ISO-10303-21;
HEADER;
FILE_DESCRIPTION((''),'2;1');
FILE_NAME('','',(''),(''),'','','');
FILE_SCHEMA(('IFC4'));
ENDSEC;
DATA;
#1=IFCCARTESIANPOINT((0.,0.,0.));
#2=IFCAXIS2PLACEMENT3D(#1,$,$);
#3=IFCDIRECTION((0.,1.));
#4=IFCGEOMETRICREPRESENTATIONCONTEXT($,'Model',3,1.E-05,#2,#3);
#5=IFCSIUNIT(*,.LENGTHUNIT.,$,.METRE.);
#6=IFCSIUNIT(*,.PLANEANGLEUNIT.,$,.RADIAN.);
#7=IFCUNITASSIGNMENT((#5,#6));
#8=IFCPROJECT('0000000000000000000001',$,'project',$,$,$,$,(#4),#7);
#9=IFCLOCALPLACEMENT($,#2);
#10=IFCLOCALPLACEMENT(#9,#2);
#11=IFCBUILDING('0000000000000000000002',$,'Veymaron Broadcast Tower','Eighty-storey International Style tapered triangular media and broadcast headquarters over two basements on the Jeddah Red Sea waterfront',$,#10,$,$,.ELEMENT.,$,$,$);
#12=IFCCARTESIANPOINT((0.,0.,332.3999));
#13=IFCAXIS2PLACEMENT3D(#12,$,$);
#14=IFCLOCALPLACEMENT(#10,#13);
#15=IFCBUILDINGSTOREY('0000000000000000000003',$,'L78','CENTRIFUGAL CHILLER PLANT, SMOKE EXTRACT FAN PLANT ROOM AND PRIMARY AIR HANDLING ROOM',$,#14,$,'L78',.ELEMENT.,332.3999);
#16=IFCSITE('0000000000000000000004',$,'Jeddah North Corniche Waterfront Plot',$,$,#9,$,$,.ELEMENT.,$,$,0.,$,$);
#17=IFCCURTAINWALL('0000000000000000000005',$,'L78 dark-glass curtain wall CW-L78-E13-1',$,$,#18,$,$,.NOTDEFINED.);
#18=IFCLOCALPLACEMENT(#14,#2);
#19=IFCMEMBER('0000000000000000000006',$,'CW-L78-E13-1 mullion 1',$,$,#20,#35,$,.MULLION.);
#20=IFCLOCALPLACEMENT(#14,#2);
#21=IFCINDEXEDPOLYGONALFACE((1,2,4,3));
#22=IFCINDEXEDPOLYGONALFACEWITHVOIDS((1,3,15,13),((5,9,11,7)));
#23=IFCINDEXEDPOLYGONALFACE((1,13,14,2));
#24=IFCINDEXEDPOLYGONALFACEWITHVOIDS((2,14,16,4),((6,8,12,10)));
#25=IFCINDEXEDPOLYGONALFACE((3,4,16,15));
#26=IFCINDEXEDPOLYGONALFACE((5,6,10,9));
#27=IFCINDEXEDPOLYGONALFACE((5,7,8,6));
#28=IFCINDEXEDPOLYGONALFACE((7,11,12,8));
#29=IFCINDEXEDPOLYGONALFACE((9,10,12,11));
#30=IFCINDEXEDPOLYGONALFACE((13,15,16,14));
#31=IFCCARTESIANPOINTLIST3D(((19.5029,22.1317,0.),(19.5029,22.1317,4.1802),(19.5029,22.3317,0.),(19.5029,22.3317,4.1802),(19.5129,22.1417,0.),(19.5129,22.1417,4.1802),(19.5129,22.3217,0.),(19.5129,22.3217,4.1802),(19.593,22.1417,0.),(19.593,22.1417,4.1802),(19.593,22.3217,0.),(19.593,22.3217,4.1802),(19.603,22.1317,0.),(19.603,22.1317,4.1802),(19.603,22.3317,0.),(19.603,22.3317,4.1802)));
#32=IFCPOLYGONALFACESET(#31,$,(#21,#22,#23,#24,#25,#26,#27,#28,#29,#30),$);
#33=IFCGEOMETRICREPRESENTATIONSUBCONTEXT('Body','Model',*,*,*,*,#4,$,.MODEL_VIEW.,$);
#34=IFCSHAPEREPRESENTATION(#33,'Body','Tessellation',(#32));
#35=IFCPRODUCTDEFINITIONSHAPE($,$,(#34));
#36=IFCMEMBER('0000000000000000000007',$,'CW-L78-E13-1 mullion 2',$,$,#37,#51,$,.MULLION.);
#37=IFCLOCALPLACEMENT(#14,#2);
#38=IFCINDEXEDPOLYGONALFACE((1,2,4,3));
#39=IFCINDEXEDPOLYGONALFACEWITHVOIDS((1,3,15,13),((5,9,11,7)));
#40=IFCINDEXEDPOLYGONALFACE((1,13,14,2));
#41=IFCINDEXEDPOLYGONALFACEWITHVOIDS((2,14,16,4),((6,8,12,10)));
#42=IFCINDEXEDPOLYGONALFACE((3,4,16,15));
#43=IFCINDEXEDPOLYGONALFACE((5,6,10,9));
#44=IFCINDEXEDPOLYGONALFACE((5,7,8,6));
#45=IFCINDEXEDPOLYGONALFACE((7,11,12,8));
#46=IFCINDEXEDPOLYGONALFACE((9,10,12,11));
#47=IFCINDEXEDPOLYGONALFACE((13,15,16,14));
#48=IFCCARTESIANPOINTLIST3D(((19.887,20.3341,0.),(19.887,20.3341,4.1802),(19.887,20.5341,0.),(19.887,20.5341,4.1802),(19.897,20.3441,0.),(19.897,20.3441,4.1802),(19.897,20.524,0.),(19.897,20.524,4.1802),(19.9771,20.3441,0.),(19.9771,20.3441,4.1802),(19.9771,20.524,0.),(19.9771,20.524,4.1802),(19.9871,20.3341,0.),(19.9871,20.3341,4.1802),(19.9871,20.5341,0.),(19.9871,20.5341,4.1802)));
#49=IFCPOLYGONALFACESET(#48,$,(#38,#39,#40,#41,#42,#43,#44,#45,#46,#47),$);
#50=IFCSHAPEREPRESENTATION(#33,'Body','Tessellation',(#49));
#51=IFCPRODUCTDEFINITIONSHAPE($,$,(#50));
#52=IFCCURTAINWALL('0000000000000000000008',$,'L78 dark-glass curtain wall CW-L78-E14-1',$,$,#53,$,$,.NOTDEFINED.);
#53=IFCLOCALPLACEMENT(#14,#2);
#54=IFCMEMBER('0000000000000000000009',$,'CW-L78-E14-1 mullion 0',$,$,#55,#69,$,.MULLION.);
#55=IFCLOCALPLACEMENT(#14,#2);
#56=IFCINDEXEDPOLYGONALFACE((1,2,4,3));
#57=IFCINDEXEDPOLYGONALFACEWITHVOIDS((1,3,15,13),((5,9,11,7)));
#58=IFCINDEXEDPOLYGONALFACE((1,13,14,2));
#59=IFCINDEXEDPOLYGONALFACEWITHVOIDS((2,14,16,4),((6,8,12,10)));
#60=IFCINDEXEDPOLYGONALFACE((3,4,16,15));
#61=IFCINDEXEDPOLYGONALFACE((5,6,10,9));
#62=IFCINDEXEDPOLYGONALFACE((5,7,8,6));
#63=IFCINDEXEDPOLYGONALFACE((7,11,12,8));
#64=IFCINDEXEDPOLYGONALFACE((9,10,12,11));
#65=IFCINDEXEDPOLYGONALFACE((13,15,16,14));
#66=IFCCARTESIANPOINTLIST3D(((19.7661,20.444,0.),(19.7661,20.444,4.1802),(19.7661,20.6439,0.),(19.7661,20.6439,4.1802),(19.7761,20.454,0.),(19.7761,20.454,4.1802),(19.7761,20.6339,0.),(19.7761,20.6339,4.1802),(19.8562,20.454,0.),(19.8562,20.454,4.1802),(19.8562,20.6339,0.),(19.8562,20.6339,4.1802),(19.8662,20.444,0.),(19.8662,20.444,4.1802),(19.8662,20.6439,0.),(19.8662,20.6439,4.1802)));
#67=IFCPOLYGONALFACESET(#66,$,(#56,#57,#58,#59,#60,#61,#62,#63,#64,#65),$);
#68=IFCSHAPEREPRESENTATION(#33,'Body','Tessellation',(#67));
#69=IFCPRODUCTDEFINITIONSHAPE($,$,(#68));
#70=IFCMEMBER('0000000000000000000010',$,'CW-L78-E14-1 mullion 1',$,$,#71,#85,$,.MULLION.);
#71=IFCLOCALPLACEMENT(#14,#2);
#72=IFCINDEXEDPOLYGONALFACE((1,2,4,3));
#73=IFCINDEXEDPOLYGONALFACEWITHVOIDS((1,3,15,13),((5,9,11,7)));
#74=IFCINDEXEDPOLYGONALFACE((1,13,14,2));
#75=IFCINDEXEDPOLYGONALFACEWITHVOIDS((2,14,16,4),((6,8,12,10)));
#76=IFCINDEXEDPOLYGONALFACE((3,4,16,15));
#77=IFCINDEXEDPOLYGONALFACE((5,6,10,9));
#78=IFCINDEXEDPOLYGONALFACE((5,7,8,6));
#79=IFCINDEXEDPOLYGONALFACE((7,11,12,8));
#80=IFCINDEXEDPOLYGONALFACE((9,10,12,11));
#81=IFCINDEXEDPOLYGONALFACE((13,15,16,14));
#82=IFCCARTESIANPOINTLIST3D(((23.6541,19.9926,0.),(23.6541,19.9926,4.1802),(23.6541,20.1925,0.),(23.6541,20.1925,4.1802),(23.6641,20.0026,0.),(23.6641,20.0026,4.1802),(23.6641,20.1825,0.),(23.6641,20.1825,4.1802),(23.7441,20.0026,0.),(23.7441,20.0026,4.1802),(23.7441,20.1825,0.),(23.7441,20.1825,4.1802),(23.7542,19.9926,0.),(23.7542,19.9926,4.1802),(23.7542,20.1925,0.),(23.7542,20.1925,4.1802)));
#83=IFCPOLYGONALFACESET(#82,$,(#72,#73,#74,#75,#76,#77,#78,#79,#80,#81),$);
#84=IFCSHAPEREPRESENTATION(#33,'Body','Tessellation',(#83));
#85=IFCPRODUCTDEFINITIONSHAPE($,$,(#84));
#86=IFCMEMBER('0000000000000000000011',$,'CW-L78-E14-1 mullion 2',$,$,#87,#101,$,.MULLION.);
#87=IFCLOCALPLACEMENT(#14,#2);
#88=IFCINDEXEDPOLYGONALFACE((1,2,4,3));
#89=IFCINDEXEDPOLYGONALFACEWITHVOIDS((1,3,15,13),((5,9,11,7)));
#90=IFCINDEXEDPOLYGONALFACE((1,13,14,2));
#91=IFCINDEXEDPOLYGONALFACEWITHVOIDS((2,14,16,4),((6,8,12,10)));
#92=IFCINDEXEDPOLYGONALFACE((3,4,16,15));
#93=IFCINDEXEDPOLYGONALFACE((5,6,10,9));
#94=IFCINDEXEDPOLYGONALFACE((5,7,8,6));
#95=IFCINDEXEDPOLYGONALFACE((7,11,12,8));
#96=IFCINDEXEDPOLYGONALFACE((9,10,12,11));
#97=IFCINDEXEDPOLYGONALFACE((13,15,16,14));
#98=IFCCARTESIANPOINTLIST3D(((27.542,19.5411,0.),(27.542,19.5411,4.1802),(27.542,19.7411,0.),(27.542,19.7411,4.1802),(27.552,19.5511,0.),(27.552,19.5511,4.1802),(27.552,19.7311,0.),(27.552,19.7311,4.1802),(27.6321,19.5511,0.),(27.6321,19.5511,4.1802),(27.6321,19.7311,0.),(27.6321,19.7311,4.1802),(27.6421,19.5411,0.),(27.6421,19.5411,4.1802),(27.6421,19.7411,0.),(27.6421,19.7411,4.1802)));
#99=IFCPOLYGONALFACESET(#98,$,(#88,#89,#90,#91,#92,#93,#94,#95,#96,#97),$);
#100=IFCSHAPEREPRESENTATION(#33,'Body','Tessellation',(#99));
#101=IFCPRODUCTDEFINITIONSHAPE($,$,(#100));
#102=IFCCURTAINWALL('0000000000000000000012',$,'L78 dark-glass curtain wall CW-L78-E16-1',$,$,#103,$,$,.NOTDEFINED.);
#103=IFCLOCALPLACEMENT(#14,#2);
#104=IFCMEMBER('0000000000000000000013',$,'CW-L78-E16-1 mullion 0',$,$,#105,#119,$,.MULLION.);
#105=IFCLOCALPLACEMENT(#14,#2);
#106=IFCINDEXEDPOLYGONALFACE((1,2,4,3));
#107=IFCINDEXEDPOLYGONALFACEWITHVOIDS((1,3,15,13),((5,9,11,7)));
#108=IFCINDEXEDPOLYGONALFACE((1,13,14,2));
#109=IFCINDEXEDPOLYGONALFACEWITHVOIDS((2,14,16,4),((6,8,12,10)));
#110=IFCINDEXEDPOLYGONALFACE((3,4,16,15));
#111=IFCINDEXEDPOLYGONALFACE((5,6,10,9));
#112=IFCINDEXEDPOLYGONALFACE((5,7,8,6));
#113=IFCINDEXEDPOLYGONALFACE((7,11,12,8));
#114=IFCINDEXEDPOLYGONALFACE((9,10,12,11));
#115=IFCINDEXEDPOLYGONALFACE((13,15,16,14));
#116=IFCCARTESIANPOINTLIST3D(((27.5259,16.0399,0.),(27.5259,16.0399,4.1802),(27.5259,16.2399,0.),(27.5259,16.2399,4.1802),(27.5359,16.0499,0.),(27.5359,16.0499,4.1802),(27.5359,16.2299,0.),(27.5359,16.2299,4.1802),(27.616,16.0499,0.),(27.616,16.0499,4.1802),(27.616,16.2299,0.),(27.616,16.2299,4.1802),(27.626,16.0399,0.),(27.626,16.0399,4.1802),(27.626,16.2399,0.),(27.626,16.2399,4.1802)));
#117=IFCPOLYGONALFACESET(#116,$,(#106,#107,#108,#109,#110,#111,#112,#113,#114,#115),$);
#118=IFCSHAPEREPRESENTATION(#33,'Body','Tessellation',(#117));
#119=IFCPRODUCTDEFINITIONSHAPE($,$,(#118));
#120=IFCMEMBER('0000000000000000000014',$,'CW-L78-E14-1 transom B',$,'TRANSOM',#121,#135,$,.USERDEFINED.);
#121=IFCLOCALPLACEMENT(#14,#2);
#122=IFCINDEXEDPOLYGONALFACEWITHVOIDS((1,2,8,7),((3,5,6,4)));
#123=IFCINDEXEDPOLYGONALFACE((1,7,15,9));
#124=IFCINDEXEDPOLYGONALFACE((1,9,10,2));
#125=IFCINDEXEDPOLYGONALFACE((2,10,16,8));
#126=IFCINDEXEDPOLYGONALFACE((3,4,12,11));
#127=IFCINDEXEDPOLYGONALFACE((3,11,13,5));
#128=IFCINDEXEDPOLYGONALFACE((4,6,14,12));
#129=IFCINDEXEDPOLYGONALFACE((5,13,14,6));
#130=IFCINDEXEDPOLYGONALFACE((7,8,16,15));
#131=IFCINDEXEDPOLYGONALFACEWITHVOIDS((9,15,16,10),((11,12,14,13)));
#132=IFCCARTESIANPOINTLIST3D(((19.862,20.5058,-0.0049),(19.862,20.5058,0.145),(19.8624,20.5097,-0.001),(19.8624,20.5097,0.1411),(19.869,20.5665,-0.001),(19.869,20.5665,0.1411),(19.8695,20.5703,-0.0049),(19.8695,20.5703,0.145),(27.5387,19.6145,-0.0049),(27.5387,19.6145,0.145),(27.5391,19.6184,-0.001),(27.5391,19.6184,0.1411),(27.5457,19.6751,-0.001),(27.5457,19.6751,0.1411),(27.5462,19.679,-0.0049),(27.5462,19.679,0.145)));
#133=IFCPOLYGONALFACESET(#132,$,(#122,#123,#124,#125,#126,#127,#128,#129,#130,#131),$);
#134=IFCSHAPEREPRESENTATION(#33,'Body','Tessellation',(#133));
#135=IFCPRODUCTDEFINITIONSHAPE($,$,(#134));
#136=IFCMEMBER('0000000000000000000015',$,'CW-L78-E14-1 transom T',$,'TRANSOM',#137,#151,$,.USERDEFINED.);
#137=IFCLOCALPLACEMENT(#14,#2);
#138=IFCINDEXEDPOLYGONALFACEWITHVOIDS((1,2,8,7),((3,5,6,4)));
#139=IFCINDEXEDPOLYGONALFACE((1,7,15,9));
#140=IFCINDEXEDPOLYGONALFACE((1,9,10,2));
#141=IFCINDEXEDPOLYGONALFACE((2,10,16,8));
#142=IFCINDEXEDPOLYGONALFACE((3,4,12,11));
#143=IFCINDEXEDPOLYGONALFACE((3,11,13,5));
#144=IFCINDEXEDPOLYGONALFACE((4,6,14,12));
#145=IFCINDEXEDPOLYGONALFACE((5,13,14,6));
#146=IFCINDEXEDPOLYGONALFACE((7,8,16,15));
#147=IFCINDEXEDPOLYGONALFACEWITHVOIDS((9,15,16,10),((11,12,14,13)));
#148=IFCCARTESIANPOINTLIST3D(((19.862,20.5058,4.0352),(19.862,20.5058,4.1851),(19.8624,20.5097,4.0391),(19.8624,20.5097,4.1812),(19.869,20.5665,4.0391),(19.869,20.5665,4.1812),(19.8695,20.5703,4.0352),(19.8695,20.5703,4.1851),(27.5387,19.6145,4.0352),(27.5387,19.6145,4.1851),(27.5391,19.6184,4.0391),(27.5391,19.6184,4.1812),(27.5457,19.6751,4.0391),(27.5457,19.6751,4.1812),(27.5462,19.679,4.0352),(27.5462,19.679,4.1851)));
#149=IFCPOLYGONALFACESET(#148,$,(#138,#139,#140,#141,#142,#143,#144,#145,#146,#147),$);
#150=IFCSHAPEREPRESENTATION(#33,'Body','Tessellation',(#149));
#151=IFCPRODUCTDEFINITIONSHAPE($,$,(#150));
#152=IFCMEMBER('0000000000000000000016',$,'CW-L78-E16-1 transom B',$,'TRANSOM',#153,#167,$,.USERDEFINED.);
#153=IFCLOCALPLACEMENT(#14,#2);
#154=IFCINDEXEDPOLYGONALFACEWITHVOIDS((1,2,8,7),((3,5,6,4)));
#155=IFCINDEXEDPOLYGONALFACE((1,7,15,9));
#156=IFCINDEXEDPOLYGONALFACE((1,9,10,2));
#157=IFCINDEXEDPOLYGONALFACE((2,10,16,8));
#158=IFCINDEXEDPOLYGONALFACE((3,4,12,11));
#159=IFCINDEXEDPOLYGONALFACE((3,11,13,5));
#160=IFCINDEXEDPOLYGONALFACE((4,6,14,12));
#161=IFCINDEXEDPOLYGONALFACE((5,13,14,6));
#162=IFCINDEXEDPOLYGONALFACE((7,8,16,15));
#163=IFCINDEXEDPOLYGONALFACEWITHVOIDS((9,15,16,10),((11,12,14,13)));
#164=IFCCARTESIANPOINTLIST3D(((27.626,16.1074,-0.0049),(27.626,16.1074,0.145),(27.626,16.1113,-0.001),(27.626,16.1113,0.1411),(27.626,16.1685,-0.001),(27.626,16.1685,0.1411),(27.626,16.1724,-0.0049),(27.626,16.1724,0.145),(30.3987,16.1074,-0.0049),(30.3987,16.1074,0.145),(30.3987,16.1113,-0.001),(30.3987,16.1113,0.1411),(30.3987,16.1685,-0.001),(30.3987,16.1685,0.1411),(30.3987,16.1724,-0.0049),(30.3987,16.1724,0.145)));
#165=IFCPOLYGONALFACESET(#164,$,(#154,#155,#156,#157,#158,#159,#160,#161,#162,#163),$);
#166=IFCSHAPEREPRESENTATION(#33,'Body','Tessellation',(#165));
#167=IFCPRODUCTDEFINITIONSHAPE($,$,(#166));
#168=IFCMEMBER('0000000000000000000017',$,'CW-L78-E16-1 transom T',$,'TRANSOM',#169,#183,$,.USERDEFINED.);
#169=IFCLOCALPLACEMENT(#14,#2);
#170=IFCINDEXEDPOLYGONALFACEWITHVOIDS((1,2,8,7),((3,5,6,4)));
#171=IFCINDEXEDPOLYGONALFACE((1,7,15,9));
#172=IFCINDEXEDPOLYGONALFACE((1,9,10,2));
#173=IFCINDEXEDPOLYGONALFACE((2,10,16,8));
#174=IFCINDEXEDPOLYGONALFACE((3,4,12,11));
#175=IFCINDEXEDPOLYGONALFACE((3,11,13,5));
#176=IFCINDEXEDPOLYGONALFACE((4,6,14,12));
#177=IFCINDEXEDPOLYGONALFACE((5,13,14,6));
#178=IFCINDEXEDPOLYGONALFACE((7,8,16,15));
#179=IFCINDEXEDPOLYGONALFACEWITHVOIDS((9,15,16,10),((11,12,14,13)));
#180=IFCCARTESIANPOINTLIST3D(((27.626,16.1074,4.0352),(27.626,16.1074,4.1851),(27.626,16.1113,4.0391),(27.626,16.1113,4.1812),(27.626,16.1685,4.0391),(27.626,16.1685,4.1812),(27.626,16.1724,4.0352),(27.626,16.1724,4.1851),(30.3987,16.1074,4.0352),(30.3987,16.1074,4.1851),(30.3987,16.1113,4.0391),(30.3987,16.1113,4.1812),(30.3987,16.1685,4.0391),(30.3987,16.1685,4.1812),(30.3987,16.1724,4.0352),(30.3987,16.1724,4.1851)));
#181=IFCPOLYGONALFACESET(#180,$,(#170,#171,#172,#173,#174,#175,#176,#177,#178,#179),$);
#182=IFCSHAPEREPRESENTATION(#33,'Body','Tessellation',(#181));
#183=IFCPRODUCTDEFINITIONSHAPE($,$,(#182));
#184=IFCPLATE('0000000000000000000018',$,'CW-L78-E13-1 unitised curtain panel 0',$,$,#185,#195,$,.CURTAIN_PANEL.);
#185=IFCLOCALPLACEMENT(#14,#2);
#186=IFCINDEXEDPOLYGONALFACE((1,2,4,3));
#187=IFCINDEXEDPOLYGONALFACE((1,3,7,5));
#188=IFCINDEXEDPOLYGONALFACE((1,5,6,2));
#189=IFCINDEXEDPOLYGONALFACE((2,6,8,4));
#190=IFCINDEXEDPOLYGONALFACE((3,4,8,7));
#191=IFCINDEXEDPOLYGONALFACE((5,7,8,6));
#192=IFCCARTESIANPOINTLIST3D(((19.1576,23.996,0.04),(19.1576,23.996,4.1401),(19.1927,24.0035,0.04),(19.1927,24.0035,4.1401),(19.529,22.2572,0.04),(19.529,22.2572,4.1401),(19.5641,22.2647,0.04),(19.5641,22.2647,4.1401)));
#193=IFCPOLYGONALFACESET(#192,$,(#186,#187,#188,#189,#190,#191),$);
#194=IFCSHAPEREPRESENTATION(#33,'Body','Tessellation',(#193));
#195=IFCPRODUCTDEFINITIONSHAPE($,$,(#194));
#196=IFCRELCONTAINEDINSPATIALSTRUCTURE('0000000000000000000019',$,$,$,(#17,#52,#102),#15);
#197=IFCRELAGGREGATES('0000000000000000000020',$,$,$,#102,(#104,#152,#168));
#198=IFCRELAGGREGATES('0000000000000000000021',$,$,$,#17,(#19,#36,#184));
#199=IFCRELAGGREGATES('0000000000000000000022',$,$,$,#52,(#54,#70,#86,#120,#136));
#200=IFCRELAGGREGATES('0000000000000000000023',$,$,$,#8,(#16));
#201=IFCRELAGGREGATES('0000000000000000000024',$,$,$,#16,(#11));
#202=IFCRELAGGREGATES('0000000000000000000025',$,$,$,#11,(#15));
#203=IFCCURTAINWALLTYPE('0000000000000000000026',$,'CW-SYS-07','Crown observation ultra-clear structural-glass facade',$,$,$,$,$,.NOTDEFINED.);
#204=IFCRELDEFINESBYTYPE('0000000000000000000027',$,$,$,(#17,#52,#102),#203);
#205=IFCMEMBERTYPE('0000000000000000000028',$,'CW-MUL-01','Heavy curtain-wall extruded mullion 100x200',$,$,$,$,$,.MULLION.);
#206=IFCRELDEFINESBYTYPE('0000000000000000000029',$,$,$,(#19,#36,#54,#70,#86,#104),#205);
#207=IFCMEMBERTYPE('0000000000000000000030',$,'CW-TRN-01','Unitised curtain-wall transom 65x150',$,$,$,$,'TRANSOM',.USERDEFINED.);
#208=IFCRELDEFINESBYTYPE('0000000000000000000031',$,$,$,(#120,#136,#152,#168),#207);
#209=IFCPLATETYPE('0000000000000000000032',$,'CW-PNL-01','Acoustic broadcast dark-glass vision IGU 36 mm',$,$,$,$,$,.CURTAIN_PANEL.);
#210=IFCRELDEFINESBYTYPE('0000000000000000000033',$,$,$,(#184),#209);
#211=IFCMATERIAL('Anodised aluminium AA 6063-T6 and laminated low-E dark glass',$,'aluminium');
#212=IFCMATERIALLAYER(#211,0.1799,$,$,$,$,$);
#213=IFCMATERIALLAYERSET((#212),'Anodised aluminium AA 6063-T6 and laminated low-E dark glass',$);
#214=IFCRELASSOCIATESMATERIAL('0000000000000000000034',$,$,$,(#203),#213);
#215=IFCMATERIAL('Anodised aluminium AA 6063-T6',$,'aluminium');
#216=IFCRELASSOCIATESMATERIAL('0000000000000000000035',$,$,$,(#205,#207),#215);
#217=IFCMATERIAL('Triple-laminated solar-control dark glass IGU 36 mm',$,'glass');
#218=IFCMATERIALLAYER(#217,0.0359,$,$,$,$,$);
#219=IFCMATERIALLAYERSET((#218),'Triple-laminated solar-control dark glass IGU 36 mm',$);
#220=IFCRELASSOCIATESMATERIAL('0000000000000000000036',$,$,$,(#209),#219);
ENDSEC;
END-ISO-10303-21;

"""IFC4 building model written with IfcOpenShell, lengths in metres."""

from ifc_helpers import new_model, si_unit, direction, frame, origin, origin_2d, place, context, subcontext, project, spatial, rectangle, hollow_rectangle, extrude, material, layer, layer_set, material_profile, profile_set, type_object, element, aggregate, save


model = new_model("IFC4")

# Units and contexts
model_context = context("Model", 3, precision=1e-05, world=origin(), true_north=direction((0.0, 1.0)))
body_context = subcontext(model_context, "Body", "Model", "MODEL_VIEW")
ifc_project = project(units=[si_unit("LENGTHUNIT", "METRE"), si_unit("PLANEANGLEUNIT", "RADIAN")], contexts=[model_context])

# Site, building, storey
site_placement = place(None, origin())
site = spatial("IfcSite", under=ifc_project, at=site_placement, Name="Jeddah North Corniche Waterfront Plot", CompositionType="ELEMENT", RefElevation=0.0)
building_placement = place(site_placement, origin())
building = spatial("IfcBuilding", under=site, at=building_placement, Name="Veymaron Broadcast Tower", Description="Eighty-storey International Style tapered triangular media and broadcast headquarters over two basements on the Jeddah Red Sea waterfront", CompositionType="ELEMENT")
storey_placement = place(building_placement, frame((0.0, 0.0, 332.3999)))
storey = spatial("IfcBuildingStorey", under=building, at=storey_placement, Name="L78", Description="CENTRIFUGAL CHILLER PLANT, SMOKE EXTRACT FAN PLANT ROOM AND PRIMARY AIR HANDLING ROOM", LongName="L78", CompositionType="ELEMENT", Elevation=332.3999)

# Shared definitions
ifc_material_1 = material(Name="Anodised aluminium AA 6063-T6 and laminated low-E dark glass", Category="aluminium")
ifc_layer_1 = layer(ifc_material_1, 0.1799)
ifc_layer_set_1 = layer_set([ifc_layer_1], Name="Anodised aluminium AA 6063-T6 and laminated low-E dark glass")
curtain_wall_type = type_object("IfcCurtainWallType", Name="CW-SYS-07", Description="Crown observation ultra-clear structural-glass facade", PredefinedType="NOTDEFINED", material=ifc_layer_set_1)
ifc_material_2 = material(Name="Anodised aluminium AA 6063-T6", Category="aluminium")
ifc_material_profile_1 = material_profile(ifc_material_2, hollow_rectangle(XDim=0.1001, YDim=0.2, WallThickness=0.01, at=origin_2d()), Name="RHS200X100X10")
ifc_profile_set_1 = profile_set([ifc_material_profile_1], Name="Anodised aluminium AA 6063-T6")
member_type_1 = type_object("IfcMemberType", Name="CW-MUL-01", Description="Heavy curtain-wall extruded mullion 100x200", PredefinedType="MULLION", material=ifc_profile_set_1)

# Curtain walls, members
curtain_wall_1_placement = place(storey_placement, origin())
curtain_wall_1 = element("IfcCurtainWall", 1, at=curtain_wall_1_placement, inside=storey, type_object=curtain_wall_type, Name="L78 dark-glass curtain wall CW-L78-E13-1", PredefinedType="NOTDEFINED")
member_1_placement = place(storey_placement, frame((19.553, 22.2317, 0.0), z_axis=(0.0, 0.0, 1.0), x_axis=(1.0, 0.0, 0.0)))
member_1 = element("IfcMember", 2, at=member_1_placement, type_object=member_type_1, Name="CW-L78-E13-1 mullion 1", PredefinedType="MULLION", context=body_context, shape_type="SweptSolid", body=[
    extrude(hollow_rectangle(XDim=0.1001, YDim=0.2, WallThickness=0.01, at=origin_2d()), origin(), (0.0, 0.0, 1.0), 4.1802),
])
member_2_placement = place(storey_placement, frame((19.937, 20.4341, 0.0), z_axis=(0.0, 0.0, 1.0), x_axis=(1.0, 0.0, 0.0)))
member_2 = element("IfcMember", 3, at=member_2_placement, type_object=member_type_1, Name="CW-L78-E13-1 mullion 2", PredefinedType="MULLION", context=body_context, shape_type="SweptSolid", body=[
    extrude(hollow_rectangle(XDim=0.1001, YDim=0.2, WallThickness=0.01, at=origin_2d()), origin(), (0.0, 0.0, 1.0), 4.1802),
])
curtain_wall_2_placement = place(storey_placement, origin())
curtain_wall_2 = element("IfcCurtainWall", 4, at=curtain_wall_2_placement, inside=storey, type_object=curtain_wall_type, Name="L78 dark-glass curtain wall CW-L78-E14-1", PredefinedType="NOTDEFINED")
member_3_placement = place(storey_placement, frame((19.8162, 20.5439, 0.0), z_axis=(0.0, 0.0, 1.0), x_axis=(1.0, 0.0, 0.0)))
member_3 = element("IfcMember", 5, at=member_3_placement, type_object=member_type_1, Name="CW-L78-E14-1 mullion 0", PredefinedType="MULLION", context=body_context, shape_type="SweptSolid", body=[
    extrude(hollow_rectangle(XDim=0.1001, YDim=0.2, WallThickness=0.01, at=origin_2d()), origin(), (0.0, 0.0, 1.0), 4.1802),
])
member_4_placement = place(storey_placement, frame((23.7041, 20.0925, 0.0), z_axis=(0.0, 0.0, 1.0), x_axis=(1.0, 0.0, 0.0)))
member_4 = element("IfcMember", 6, at=member_4_placement, type_object=member_type_1, Name="CW-L78-E14-1 mullion 1", PredefinedType="MULLION", context=body_context, shape_type="SweptSolid", body=[
    extrude(hollow_rectangle(XDim=0.1001, YDim=0.2, WallThickness=0.01, at=origin_2d()), origin(), (0.0, 0.0, 1.0), 4.1802),
])
member_5_placement = place(storey_placement, frame((27.592, 19.6411, 0.0), z_axis=(0.0, 0.0, 1.0), x_axis=(1.0, 0.0, 0.0)))
member_5 = element("IfcMember", 7, at=member_5_placement, type_object=member_type_1, Name="CW-L78-E14-1 mullion 2", PredefinedType="MULLION", context=body_context, shape_type="SweptSolid", body=[
    extrude(hollow_rectangle(XDim=0.1001, YDim=0.2, WallThickness=0.01, at=origin_2d()), origin(), (0.0, 0.0, 1.0), 4.1802),
])

# Curtain wall, member
curtain_wall_3_placement = place(storey_placement, origin())
curtain_wall_3 = element("IfcCurtainWall", 8, at=curtain_wall_3_placement, inside=storey, type_object=curtain_wall_type, Name="L78 dark-glass curtain wall CW-L78-E16-1", PredefinedType="NOTDEFINED")
member_6_placement = place(storey_placement, frame((27.5759, 16.1399, 0.0), z_axis=(0.0, 0.0, 1.0), x_axis=(1.0, 0.0, 0.0)))
member_6 = element("IfcMember", 9, at=member_6_placement, type_object=member_type_1, Name="CW-L78-E16-1 mullion 0", PredefinedType="MULLION", context=body_context, shape_type="SweptSolid", body=[
    extrude(hollow_rectangle(XDim=0.1001, YDim=0.2, WallThickness=0.01, at=origin_2d()), origin(), (0.0, 0.0, 1.0), 4.1802),
])

# Members
ifc_material_profile_2 = material_profile(ifc_material_2, hollow_rectangle(XDim=0.0649, YDim=0.1499, WallThickness=0.0039, at=origin_2d()), Name="AL150X65X4")
ifc_profile_set_2 = profile_set([ifc_material_profile_2], Name="Anodised aluminium AA 6063-T6")
member_type_2 = type_object("IfcMemberType", Name="CW-TRN-01", Description="Unitised curtain-wall transom 65x150", ElementType="TRANSOM", PredefinedType="USERDEFINED", material=ifc_profile_set_2)
member_7_placement = place(storey_placement, frame((19.8657, 20.5381, 0.0701), z_axis=(0.993326, -0.115336, 0.0), x_axis=(0.115336, 0.993326, 0.0)))
member_7 = element("IfcMember", 10, at=member_7_placement, type_object=member_type_2, Name="CW-L78-E14-1 transom B", ObjectType="TRANSOM", PredefinedType="USERDEFINED", context=body_context, shape_type="SweptSolid", body=[
    extrude(hollow_rectangle(XDim=0.0649, YDim=0.1499, WallThickness=0.0039, at=origin_2d()), origin(), (0.0, 0.0, 1.0), 7.7283),
])
member_8_placement = place(storey_placement, frame((19.8657, 20.5381, 4.1101), z_axis=(0.993326, -0.115336, 0.0), x_axis=(0.115336, 0.993326, 0.0)))
member_8 = element("IfcMember", 11, at=member_8_placement, type_object=member_type_2, Name="CW-L78-E14-1 transom T", ObjectType="TRANSOM", PredefinedType="USERDEFINED", context=body_context, shape_type="SweptSolid", body=[
    extrude(hollow_rectangle(XDim=0.0649, YDim=0.1499, WallThickness=0.0039, at=origin_2d()), origin(), (0.0, 0.0, 1.0), 7.7283),
])
member_9_placement = place(storey_placement, frame((27.626, 16.1399, 0.0701), z_axis=(1.0, 0.0, 0.0), x_axis=(0.0, 1.0, 0.0)))
member_9 = element("IfcMember", 12, at=member_9_placement, type_object=member_type_2, Name="CW-L78-E16-1 transom B", ObjectType="TRANSOM", PredefinedType="USERDEFINED", context=body_context, shape_type="SweptSolid", body=[
    extrude(hollow_rectangle(XDim=0.0649, YDim=0.1499, WallThickness=0.0039, at=origin_2d()), origin(), (0.0, 0.0, 1.0), 2.7727),
])
member_10_placement = place(storey_placement, frame((27.626, 16.1399, 4.1101), z_axis=(1.0, 0.0, 0.0), x_axis=(0.0, 1.0, 0.0)))
member_10 = element("IfcMember", 13, at=member_10_placement, type_object=member_type_2, Name="CW-L78-E16-1 transom T", ObjectType="TRANSOM", PredefinedType="USERDEFINED", context=body_context, shape_type="SweptSolid", body=[
    extrude(hollow_rectangle(XDim=0.0649, YDim=0.1499, WallThickness=0.0039, at=origin_2d()), origin(), (0.0, 0.0, 1.0), 2.7727),
])
aggregate(curtain_wall_3, [member_6, member_9, member_10])

# Plate
ifc_material_3 = material(Name="Triple-laminated solar-control dark glass IGU 36 mm", Category="glass")
ifc_layer_2 = layer(ifc_material_3, 0.0359)
ifc_layer_set_2 = layer_set([ifc_layer_2], Name="Triple-laminated solar-control dark glass IGU 36 mm")
plate_type = type_object("IfcPlateType", Name="CW-PNL-01", Description="Acoustic broadcast dark-glass vision IGU 36 mm", PredefinedType="CURTAIN_PANEL", material=ifc_layer_set_2)
plate_1_placement = place(storey_placement, frame((19.3608, 23.1304, 0.04), z_axis=(0.0, 0.0, 1.0), x_axis=(0.208919, -0.977933, 0.0)))
plate_1 = element("IfcPlate", 14, at=plate_1_placement, type_object=plate_type, Name="CW-L78-E13-1 unitised curtain panel 0", PredefinedType="CURTAIN_PANEL", context=body_context, shape_type="SweptSolid", body=[
    extrude(rectangle(XDim=1.7781, YDim=0.0359, at=origin_2d()), origin(), (0.0, 0.0, 1.0), 4.1001),
])
aggregate(curtain_wall_1, [member_1, member_2, plate_1])
aggregate(curtain_wall_2, [member_3, member_4, member_5, member_7, member_8])

save(model, "model.ifc")
